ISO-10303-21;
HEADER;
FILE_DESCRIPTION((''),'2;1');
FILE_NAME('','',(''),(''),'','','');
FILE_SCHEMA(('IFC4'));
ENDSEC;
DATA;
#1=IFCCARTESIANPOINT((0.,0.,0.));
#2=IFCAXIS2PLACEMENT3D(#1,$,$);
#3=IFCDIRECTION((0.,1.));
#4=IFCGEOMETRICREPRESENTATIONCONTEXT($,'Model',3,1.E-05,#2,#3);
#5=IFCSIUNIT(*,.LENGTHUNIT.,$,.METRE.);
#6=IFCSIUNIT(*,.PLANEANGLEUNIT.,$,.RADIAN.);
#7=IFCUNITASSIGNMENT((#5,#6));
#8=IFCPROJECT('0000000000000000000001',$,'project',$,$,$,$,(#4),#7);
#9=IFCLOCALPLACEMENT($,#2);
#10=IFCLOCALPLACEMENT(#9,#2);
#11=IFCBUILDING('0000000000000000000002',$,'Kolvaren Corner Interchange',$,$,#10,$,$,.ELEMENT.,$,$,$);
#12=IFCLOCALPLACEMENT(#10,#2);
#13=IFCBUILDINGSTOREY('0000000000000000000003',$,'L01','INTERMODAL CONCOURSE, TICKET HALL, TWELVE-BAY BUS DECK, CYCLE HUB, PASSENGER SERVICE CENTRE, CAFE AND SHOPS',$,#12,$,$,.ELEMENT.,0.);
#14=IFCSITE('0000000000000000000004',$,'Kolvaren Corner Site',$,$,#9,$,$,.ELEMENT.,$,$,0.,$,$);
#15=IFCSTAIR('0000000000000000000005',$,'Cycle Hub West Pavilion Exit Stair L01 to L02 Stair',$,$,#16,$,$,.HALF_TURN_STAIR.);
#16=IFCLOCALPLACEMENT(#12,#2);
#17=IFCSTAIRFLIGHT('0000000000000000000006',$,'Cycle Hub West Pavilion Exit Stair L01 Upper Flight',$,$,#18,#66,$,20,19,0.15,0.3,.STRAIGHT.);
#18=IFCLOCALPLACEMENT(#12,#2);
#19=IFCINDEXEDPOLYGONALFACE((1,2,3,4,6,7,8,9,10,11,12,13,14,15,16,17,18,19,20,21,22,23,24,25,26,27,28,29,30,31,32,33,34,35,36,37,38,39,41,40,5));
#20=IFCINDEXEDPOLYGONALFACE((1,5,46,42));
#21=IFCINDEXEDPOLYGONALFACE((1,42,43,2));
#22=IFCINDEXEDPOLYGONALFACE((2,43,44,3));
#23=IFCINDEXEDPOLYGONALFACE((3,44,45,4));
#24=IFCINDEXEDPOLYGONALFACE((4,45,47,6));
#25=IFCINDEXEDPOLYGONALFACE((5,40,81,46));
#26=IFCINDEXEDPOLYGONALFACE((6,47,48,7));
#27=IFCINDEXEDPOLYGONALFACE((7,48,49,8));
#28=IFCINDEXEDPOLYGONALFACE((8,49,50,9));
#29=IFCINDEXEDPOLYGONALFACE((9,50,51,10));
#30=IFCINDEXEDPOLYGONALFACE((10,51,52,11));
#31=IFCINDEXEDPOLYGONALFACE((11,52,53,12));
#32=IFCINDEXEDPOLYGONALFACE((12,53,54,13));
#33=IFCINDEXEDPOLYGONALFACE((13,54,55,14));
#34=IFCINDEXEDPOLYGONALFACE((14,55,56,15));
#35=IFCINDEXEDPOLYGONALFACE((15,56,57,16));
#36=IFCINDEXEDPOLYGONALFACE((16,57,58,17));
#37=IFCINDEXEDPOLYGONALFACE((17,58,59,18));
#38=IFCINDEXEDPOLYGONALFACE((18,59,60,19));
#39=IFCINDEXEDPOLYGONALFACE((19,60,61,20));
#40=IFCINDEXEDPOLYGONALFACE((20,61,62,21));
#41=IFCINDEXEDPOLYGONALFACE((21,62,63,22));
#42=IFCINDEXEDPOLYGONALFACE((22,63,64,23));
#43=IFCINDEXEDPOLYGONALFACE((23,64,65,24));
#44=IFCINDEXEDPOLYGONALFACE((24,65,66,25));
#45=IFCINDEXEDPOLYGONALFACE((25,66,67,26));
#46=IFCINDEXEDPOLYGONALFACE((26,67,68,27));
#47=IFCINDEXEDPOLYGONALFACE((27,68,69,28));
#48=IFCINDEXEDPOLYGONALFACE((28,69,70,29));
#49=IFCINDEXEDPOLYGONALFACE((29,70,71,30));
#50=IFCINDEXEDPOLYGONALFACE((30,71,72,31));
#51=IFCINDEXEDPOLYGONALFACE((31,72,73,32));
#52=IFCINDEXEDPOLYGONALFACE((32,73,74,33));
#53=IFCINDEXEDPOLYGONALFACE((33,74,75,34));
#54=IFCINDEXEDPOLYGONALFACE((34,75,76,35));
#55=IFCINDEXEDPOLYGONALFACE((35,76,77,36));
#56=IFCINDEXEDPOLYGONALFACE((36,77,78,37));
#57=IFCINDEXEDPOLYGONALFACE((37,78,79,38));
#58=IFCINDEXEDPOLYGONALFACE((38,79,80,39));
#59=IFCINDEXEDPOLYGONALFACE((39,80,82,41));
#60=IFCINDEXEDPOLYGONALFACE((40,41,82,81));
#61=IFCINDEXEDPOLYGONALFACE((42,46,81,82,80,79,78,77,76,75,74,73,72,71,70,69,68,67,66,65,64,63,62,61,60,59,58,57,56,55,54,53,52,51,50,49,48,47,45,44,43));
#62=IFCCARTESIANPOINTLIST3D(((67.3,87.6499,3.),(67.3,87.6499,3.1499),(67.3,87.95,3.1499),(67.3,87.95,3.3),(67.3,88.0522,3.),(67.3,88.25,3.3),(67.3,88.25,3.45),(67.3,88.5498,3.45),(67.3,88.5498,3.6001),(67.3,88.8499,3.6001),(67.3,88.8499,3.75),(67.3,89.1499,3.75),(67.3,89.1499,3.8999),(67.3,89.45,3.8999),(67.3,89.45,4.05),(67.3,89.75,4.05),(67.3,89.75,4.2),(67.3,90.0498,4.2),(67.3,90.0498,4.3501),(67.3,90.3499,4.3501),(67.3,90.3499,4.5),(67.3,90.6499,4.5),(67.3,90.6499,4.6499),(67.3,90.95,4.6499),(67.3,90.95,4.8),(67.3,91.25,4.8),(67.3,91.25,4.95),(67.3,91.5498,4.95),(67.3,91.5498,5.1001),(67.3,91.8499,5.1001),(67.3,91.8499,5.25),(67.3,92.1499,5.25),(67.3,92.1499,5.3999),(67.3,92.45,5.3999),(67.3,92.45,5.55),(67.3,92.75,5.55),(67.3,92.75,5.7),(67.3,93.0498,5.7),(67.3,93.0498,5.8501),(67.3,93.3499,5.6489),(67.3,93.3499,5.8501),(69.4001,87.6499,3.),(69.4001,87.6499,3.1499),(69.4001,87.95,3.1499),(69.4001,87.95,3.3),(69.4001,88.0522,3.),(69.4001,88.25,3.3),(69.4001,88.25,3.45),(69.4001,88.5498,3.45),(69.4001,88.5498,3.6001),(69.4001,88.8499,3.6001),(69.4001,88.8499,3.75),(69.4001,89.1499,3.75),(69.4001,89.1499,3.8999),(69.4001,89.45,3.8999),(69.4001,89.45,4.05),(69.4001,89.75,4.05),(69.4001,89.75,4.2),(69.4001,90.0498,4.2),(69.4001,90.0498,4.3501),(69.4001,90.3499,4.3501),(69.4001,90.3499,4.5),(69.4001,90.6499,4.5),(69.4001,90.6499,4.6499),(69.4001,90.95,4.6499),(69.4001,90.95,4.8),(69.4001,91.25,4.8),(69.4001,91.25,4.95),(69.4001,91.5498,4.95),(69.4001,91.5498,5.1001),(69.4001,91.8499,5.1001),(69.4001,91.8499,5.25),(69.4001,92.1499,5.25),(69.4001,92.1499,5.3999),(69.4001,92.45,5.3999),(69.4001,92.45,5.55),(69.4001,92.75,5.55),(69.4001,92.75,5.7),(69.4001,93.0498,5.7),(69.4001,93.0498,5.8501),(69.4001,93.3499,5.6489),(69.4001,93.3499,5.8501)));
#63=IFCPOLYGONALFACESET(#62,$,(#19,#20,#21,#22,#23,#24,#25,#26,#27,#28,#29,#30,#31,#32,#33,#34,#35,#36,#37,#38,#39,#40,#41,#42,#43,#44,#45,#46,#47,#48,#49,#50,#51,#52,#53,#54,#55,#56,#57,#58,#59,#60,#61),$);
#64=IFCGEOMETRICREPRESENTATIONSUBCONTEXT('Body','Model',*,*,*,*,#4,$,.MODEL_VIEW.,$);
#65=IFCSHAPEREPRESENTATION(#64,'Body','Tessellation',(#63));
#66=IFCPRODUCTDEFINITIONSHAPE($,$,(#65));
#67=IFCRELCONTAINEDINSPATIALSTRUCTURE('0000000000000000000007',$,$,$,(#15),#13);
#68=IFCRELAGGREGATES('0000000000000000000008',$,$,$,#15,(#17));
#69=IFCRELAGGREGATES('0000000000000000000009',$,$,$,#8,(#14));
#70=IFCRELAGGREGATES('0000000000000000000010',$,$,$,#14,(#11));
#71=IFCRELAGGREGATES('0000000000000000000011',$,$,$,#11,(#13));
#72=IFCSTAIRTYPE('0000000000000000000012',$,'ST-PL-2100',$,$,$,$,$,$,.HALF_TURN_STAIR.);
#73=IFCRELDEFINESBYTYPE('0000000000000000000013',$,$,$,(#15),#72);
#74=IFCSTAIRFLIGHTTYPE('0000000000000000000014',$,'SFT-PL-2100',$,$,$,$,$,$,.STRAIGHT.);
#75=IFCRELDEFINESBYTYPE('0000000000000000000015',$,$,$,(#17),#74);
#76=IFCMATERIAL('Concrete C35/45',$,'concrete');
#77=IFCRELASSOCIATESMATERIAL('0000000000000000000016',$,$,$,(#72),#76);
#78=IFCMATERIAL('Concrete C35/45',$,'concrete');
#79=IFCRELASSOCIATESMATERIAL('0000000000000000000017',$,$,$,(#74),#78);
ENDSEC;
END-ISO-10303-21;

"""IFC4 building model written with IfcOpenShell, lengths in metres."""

from ifc_helpers import new_model, si_unit, direction, frame, origin, place, context, subcontext, project, spatial, polyline, outline, extrude, material, type_object, element, aggregate, save


model = new_model("IFC4")

# Units and contexts
model_context = context("Model", 3, precision=1e-05, world=origin(), true_north=direction((0.0, 1.0)))
body_context = subcontext(model_context, "Body", "Model", "MODEL_VIEW")
ifc_project = project(units=[si_unit("LENGTHUNIT", "METRE"), si_unit("PLANEANGLEUNIT", "RADIAN")], contexts=[model_context])

# Site, building, storey
site_placement = place(None, origin())
site = spatial("IfcSite", under=ifc_project, at=site_placement, Name="Kolvaren Corner Site", CompositionType="ELEMENT", RefElevation=0.0)
building_placement = place(site_placement, origin())
building = spatial("IfcBuilding", under=site, at=building_placement, Name="Kolvaren Corner Interchange", CompositionType="ELEMENT")
storey_placement = place(building_placement, origin())
storey = spatial("IfcBuildingStorey", under=building, at=storey_placement, Name="L01", Description="INTERMODAL CONCOURSE, TICKET HALL, TWELVE-BAY BUS DECK, CYCLE HUB, PASSENGER SERVICE CENTRE, CAFE AND SHOPS", CompositionType="ELEMENT", Elevation=0.0)

# Stair, stair flight
ifc_material_1 = material(Name="Concrete C35/45", Category="concrete")
stair_type = type_object("IfcStairType", Name="ST-PL-2100", PredefinedType="HALF_TURN_STAIR", material=ifc_material_1)
stair_placement = place(storey_placement, origin())
stair = element("IfcStair", 1, at=stair_placement, inside=storey, type_object=stair_type, Name="Cycle Hub West Pavilion Exit Stair L01 to L02 Stair", PredefinedType="HALF_TURN_STAIR")
ifc_material_2 = material(Name="Concrete C35/45", Category="concrete")
stair_flight_type = type_object("IfcStairFlightType", Name="SFT-PL-2100", PredefinedType="STRAIGHT", material=ifc_material_2)
stair_flight_1_placement = place(storey_placement, frame((68.3501, 87.6499, 3.0), z_axis=(0.0, 0.0, 1.0), x_axis=(0.0, 1.0, 0.0)))
stair_flight_1 = element("IfcStairFlight", 2, at=stair_flight_1_placement, type_object=stair_flight_type, Name="Cycle Hub West Pavilion Exit Stair L01 Upper Flight", NumberOfRisers=20, NumberOfTreads=19, PredefinedType="STRAIGHT", RiserHeight=0.15, TreadLength=0.3, context=body_context, shape_type="SweptSolid", body=[
    extrude(outline(polyline([(0.0, 0.0), (0.0, 0.1499), (0.3, 0.1499), (0.3, 0.3), (0.6001, 0.3), (0.6001, 0.45), (0.8999, 0.45), (0.8999, 0.6001), (1.2, 0.6001), (1.2, 0.75), (1.5, 0.75), (1.5, 0.8999), (1.8, 0.8999), (1.8, 1.05), (2.1001, 1.05), (2.1001, 1.2), (2.3999, 1.2), (2.3999, 1.3501), (2.7, 1.3501), (2.7, 1.5), (3.0, 1.5), (3.0, 1.6499), (3.3, 1.6499), (3.3, 1.8), (3.6001, 1.8), (3.6001, 1.95), (3.8999, 1.95), (3.8999, 2.1001), (4.2, 2.1001), (4.2, 2.25), (4.5, 2.25), (4.5, 2.3999), (4.8, 2.3999), (4.8, 2.55), (5.1001, 2.55), (5.1001, 2.7), (5.3999, 2.7), (5.3999, 2.8501), (5.7, 2.8501), (5.7, 3.0), (5.7, 2.6489), (0.4023, 0.0), (0.0, 0.0)])), frame((0.0, 1.05, 0.0), z_axis=(0.0, -1.0, 0.0), x_axis=(1.0, 0.0, 0.0)), (0.0, 0.0, 1.0), 2.1001),
])
aggregate(stair, [stair_flight_1])

save(model, "model.ifc")
